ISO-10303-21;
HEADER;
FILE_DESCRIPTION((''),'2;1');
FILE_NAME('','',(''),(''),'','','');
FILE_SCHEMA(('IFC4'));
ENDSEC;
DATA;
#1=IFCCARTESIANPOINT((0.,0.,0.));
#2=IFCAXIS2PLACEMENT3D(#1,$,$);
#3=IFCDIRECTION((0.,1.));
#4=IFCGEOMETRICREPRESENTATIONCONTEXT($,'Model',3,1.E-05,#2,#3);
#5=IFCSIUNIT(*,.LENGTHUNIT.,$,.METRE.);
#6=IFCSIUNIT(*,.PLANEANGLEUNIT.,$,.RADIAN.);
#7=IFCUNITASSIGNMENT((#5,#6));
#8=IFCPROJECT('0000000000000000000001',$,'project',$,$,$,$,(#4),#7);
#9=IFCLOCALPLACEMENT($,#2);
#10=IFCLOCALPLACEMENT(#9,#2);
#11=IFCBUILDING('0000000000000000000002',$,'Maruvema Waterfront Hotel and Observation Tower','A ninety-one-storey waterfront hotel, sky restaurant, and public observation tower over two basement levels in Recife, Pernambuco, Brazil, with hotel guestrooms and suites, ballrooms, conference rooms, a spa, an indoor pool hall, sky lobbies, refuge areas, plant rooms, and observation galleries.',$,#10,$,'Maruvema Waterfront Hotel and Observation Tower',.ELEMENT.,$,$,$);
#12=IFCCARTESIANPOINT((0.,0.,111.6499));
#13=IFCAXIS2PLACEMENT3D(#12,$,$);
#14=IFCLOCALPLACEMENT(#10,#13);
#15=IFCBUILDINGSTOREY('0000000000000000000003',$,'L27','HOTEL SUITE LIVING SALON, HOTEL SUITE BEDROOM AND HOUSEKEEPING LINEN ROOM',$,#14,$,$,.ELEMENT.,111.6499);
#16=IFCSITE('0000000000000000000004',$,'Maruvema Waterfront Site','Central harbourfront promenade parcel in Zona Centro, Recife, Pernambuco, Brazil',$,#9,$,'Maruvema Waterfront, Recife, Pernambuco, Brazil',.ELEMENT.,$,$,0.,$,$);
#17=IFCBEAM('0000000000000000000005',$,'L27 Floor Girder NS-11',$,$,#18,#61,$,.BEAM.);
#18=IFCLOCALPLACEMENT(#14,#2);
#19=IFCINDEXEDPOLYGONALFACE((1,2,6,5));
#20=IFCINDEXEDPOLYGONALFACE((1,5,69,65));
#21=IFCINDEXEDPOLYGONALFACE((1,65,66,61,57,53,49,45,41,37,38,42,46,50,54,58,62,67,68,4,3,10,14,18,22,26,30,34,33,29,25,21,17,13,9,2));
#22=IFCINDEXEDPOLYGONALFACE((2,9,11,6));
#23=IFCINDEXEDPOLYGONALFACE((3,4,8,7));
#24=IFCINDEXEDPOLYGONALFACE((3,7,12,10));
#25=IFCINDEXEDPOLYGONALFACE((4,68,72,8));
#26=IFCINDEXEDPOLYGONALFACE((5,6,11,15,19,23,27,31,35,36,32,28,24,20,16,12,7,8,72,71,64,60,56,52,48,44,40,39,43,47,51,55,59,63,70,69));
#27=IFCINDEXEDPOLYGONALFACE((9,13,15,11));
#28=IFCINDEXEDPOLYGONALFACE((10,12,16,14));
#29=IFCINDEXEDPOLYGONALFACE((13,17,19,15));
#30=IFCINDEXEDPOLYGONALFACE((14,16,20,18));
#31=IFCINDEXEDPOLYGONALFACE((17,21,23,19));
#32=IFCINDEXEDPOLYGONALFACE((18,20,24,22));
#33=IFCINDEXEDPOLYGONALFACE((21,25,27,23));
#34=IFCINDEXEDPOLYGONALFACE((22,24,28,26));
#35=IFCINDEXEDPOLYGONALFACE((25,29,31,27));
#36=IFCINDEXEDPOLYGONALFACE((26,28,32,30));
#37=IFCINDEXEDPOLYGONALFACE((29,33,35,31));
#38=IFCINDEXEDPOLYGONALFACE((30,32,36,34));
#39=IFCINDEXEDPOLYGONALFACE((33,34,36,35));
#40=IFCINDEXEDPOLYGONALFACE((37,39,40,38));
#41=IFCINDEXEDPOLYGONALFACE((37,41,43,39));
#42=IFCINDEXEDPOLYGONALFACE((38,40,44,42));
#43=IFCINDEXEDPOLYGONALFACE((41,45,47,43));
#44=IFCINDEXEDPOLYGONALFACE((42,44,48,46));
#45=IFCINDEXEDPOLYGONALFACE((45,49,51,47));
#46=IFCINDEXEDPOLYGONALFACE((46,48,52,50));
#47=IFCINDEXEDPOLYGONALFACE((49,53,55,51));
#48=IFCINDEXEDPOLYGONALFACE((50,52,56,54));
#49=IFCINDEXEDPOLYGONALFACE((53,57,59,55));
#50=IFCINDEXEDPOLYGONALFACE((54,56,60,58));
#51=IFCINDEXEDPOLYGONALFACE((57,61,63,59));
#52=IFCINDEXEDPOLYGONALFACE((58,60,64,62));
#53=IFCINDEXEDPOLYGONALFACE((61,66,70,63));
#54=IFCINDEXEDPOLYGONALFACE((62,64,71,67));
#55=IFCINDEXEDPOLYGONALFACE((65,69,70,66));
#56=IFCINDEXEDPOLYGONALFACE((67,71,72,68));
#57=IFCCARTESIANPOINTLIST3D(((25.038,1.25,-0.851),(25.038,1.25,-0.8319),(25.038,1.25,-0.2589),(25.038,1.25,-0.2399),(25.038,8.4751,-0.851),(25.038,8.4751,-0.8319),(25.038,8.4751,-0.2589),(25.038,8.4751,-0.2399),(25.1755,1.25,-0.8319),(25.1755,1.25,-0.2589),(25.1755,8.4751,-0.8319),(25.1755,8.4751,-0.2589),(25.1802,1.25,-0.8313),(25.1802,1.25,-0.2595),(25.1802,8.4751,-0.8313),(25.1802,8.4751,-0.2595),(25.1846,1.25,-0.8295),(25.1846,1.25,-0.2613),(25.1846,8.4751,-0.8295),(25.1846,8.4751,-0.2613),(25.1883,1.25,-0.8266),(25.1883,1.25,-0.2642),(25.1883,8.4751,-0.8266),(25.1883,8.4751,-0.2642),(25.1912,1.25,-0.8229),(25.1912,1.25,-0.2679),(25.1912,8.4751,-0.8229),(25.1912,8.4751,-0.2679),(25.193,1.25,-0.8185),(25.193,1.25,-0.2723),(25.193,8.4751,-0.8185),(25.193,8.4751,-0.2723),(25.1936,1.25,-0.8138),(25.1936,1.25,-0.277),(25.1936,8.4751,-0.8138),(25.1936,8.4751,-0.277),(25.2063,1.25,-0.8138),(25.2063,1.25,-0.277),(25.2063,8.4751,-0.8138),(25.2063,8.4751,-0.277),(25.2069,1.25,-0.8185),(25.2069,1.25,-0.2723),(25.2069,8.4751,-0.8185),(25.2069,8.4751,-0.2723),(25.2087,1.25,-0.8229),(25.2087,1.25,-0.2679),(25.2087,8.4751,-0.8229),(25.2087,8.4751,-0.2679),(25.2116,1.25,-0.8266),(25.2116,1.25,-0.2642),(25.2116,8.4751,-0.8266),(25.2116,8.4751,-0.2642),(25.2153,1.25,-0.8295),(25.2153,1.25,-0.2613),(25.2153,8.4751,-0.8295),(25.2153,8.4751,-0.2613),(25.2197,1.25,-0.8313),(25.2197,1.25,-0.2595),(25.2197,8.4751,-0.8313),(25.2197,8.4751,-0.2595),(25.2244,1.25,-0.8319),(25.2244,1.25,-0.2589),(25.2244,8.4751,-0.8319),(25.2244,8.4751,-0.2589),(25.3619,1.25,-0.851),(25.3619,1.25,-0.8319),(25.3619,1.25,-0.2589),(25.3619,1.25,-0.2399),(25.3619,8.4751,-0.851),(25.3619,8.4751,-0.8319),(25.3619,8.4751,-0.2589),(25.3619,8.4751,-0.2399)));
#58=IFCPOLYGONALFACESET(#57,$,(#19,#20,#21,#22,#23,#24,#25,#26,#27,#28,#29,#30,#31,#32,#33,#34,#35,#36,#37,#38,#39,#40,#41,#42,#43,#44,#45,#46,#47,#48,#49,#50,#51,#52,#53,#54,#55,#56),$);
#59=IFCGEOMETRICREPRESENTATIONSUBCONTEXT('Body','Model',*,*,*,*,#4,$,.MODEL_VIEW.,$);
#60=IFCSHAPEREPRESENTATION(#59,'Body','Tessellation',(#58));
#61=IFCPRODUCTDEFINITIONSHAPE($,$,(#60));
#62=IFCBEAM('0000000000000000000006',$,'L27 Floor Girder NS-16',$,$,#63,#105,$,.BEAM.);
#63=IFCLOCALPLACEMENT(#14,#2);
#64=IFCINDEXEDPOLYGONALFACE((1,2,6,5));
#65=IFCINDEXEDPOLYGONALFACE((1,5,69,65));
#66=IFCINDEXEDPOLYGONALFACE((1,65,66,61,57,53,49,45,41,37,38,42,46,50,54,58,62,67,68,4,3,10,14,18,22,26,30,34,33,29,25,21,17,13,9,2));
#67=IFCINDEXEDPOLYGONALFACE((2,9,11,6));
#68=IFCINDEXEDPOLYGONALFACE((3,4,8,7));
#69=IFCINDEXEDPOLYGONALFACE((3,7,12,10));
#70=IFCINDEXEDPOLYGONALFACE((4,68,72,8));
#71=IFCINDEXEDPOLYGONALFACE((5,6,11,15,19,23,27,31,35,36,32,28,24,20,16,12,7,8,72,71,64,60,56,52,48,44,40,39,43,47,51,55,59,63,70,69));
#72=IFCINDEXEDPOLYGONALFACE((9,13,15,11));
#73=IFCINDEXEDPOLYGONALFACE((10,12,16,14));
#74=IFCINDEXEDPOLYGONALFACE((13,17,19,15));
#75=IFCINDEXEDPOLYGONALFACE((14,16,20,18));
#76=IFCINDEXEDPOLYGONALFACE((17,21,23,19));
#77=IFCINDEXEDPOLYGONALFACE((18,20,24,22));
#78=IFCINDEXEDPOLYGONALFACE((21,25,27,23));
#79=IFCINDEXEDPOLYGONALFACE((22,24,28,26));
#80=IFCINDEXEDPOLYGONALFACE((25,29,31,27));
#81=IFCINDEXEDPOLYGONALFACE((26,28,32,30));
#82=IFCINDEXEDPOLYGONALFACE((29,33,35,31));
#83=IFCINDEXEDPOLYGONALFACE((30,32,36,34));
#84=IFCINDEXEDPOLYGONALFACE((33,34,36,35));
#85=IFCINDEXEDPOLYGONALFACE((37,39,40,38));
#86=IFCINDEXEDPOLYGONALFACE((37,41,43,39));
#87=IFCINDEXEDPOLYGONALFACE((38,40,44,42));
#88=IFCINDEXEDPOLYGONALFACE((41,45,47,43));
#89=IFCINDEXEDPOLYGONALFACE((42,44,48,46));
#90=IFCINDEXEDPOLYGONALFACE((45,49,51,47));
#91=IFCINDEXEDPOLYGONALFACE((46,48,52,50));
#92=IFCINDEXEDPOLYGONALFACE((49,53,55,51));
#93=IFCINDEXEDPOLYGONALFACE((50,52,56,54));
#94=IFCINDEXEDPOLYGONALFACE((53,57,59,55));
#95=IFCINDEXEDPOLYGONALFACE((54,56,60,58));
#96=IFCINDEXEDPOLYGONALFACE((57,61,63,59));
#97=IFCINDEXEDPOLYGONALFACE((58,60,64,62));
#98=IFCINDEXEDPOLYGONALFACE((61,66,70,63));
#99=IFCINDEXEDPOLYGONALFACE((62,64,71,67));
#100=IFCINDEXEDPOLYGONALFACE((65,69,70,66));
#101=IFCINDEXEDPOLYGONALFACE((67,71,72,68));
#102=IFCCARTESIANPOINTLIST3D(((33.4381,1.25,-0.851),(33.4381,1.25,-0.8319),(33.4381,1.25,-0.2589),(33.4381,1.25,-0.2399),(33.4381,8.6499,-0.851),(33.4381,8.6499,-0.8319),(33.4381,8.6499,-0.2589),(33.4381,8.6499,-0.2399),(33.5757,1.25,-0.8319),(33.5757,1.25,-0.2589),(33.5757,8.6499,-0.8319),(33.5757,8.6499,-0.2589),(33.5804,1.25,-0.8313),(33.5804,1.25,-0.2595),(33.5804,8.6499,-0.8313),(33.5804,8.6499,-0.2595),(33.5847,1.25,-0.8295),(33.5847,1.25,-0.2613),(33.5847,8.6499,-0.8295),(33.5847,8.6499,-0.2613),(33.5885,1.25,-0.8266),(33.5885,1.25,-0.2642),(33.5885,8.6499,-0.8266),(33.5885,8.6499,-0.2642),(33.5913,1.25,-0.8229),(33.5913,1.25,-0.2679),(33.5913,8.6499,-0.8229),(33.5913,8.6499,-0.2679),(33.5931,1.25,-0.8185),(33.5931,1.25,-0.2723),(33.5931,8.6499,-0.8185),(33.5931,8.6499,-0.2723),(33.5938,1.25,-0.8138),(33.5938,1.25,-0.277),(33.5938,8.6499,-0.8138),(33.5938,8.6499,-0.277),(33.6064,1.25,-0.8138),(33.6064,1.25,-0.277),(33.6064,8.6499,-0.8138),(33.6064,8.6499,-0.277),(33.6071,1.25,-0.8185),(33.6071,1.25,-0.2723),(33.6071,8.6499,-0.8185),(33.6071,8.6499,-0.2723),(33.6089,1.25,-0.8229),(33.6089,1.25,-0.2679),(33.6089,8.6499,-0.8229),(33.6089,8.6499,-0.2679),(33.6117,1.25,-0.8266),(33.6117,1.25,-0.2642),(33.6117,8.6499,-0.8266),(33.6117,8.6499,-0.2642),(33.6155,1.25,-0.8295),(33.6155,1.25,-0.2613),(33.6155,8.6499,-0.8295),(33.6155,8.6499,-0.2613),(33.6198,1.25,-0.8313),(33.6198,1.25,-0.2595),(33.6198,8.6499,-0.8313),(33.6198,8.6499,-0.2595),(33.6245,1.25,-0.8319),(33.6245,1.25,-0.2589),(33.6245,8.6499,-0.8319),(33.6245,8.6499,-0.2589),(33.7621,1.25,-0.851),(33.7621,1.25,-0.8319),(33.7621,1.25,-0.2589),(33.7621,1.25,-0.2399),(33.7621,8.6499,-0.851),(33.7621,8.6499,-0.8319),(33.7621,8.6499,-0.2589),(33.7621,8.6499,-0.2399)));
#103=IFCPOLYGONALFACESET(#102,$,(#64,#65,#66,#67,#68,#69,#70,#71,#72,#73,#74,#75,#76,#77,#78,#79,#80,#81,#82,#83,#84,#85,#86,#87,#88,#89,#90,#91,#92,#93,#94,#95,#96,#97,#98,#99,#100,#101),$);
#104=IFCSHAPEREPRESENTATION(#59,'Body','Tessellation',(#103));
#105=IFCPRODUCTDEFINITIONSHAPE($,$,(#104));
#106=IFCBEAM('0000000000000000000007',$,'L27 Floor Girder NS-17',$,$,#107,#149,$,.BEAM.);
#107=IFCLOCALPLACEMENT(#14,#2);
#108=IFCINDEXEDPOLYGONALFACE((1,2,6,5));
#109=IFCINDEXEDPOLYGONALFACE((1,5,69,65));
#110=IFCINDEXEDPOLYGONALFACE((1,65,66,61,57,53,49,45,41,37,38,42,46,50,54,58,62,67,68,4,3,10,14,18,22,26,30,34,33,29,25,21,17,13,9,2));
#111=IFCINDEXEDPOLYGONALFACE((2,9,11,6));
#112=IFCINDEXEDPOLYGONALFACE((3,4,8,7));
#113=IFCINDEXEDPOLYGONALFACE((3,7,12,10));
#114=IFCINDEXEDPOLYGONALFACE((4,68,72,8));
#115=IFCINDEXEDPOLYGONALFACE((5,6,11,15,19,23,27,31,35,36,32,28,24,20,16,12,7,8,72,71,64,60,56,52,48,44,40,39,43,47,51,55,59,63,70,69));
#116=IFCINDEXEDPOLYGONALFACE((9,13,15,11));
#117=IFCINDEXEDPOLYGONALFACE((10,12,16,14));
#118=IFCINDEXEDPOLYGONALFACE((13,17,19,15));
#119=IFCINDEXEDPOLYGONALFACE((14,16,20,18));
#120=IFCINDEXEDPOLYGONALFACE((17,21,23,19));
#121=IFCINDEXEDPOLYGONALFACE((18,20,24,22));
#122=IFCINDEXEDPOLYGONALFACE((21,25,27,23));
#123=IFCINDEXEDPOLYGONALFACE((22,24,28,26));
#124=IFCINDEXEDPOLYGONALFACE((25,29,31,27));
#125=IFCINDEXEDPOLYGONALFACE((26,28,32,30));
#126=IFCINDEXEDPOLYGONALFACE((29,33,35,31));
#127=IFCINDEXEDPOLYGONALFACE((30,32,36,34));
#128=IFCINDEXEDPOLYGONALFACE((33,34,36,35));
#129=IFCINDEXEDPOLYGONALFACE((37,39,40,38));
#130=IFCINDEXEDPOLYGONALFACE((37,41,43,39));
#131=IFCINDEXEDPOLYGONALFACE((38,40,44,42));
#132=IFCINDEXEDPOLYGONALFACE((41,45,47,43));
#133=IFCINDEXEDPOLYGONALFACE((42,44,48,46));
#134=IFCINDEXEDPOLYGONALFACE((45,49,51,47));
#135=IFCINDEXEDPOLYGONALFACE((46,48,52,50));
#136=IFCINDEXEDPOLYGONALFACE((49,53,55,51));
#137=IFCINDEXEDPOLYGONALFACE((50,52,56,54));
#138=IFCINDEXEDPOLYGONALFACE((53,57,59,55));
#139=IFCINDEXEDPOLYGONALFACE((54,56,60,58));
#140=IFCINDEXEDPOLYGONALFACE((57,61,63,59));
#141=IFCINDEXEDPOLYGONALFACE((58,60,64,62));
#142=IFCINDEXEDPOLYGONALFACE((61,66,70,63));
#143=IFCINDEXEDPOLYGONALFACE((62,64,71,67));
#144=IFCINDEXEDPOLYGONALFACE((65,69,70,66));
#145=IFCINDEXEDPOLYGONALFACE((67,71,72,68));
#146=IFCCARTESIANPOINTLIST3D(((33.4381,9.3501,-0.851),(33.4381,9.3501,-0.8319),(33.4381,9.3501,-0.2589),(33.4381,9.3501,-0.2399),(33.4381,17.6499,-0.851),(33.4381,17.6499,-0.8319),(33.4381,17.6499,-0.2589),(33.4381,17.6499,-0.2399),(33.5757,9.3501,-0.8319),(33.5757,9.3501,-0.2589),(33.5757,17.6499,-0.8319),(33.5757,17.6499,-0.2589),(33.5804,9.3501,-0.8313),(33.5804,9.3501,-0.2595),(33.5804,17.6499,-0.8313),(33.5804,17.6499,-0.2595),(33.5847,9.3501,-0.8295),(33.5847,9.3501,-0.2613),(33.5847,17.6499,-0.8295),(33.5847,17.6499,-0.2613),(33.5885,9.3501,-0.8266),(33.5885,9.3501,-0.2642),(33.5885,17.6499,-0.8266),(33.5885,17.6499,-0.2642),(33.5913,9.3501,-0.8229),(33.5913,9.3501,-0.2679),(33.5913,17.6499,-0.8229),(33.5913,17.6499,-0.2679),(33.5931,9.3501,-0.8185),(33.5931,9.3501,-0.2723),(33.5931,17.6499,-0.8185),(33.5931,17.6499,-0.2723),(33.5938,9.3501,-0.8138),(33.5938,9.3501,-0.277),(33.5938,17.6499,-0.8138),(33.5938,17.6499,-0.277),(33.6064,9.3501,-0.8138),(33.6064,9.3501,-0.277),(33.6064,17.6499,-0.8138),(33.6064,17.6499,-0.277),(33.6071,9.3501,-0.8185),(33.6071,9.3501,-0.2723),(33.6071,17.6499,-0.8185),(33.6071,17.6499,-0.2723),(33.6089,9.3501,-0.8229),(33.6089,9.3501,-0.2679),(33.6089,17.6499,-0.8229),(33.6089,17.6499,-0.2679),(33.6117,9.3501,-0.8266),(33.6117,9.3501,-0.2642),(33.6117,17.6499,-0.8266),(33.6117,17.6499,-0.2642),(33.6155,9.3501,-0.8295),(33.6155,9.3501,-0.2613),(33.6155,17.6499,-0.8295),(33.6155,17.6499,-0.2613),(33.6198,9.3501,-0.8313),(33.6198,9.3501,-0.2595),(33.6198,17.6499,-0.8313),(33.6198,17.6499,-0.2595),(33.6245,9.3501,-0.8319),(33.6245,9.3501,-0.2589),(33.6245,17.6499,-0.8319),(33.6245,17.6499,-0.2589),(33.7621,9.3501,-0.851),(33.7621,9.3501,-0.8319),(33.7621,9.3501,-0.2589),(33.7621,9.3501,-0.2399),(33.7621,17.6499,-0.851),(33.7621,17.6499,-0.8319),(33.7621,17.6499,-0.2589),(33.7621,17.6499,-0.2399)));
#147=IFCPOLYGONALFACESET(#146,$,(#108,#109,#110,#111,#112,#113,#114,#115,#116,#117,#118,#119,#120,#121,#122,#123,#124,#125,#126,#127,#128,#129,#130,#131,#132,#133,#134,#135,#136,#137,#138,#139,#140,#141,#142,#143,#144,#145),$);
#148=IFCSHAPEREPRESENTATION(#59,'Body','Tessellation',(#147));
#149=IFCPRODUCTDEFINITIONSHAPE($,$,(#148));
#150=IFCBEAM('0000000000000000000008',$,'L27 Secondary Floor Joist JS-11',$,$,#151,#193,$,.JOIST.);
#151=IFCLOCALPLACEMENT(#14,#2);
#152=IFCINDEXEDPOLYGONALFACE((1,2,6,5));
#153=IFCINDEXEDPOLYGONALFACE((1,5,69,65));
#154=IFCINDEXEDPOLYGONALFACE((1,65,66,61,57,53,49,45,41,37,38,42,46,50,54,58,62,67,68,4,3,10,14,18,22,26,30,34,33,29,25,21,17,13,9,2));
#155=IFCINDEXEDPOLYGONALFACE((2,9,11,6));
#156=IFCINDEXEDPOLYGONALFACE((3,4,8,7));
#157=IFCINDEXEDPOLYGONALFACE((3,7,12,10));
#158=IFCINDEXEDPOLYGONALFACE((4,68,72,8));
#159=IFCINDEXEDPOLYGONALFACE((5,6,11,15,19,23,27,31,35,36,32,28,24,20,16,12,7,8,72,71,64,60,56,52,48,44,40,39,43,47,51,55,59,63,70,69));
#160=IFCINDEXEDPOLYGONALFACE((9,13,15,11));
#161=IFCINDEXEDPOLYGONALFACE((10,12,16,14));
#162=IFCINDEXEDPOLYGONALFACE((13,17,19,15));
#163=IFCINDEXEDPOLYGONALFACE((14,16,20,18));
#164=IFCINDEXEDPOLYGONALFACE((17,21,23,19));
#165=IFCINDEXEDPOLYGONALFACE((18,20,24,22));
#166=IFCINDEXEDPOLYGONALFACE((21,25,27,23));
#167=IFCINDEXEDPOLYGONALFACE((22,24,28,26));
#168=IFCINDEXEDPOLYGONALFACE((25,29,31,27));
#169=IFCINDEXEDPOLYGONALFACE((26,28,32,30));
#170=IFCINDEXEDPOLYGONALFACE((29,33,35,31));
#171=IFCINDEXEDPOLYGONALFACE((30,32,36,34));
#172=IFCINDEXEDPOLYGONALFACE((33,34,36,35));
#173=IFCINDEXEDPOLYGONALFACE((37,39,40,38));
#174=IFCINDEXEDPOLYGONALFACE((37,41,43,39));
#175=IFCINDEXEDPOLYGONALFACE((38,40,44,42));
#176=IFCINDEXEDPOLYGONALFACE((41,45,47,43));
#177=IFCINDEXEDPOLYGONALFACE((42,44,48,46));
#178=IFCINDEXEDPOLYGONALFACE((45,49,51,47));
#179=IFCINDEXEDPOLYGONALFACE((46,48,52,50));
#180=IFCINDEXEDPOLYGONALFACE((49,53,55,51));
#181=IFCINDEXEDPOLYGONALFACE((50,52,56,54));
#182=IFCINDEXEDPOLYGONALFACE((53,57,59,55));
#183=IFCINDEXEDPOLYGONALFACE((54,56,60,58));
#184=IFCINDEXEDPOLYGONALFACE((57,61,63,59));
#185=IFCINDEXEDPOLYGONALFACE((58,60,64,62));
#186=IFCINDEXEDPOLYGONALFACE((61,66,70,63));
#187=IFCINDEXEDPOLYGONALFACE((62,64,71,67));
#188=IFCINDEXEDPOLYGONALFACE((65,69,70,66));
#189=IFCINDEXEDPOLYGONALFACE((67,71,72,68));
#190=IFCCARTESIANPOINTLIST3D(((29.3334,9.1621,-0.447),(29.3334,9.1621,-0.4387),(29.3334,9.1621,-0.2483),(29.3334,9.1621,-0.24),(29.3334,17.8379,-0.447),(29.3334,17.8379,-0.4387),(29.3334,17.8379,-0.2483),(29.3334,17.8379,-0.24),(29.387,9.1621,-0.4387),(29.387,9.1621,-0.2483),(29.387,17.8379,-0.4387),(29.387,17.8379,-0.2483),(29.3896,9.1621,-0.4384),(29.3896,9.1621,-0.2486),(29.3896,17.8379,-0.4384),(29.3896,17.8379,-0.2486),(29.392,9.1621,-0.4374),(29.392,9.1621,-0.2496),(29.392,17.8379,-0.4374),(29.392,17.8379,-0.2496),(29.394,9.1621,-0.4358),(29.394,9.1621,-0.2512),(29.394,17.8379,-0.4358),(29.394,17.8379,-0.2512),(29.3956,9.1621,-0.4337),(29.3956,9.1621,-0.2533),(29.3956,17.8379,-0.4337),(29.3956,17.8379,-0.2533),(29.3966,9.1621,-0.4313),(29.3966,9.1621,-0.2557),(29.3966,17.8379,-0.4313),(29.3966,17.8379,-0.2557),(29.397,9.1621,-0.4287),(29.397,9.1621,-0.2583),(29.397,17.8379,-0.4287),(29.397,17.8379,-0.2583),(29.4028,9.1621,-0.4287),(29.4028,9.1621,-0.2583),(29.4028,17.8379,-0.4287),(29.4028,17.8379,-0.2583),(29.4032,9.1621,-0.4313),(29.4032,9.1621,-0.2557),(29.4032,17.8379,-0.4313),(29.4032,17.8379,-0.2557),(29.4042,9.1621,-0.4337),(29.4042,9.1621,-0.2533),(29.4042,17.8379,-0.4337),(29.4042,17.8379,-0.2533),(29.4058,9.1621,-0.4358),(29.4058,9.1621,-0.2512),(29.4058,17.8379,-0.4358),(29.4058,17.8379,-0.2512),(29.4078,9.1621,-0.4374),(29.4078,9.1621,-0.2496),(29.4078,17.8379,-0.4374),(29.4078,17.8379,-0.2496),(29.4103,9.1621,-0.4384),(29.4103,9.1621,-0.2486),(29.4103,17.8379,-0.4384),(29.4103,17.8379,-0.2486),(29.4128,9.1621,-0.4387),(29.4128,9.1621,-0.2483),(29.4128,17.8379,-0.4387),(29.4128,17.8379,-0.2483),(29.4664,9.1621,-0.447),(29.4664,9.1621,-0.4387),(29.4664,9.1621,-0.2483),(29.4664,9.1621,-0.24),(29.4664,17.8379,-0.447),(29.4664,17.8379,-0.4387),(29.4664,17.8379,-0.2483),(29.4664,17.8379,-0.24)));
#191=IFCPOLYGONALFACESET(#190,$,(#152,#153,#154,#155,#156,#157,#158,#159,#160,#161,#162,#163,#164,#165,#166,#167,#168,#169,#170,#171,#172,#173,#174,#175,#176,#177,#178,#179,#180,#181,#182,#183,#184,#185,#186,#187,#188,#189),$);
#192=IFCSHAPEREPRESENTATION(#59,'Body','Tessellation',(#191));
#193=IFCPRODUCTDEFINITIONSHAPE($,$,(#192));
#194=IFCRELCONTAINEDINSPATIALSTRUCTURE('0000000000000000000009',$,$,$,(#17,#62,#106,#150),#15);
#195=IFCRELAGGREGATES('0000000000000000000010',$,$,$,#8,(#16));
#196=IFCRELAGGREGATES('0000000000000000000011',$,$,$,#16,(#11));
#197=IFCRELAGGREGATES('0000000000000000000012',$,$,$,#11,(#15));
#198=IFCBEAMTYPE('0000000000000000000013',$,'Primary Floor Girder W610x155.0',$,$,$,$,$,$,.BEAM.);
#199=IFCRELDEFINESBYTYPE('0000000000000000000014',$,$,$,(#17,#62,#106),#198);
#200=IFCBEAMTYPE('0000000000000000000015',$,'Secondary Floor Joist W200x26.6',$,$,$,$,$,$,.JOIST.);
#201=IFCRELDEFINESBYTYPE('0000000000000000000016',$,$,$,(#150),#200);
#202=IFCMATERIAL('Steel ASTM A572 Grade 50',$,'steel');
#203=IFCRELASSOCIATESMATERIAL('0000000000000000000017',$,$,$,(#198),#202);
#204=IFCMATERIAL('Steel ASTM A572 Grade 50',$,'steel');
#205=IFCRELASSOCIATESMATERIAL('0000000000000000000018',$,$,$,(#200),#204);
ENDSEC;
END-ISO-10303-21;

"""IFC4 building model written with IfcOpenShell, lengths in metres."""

from ifc_helpers import new_model, si_unit, direction, frame, origin, origin_2d, place, context, subcontext, project, spatial, i_section, extrude, material, material_profile, profile_set, type_object, element, save


model = new_model("IFC4")

# Units and contexts
model_context = context("Model", 3, precision=1e-05, world=origin(), true_north=direction((0.0, 1.0)))
body_context = subcontext(model_context, "Body", "Model", "MODEL_VIEW")
ifc_project = project(units=[si_unit("LENGTHUNIT", "METRE"), si_unit("PLANEANGLEUNIT", "RADIAN")], contexts=[model_context])

# Site, building, storey
site_placement = place(None, origin())
site = spatial("IfcSite", under=ifc_project, at=site_placement, Name="Maruvema Waterfront Site", Description="Central harbourfront promenade parcel in Zona Centro, Recife, Pernambuco, Brazil", LongName="Maruvema Waterfront, Recife, Pernambuco, Brazil", CompositionType="ELEMENT", RefElevation=0.0)
building_placement = place(site_placement, origin())
building = spatial("IfcBuilding", under=site, at=building_placement, Name="Maruvema Waterfront Hotel and Observation Tower", Description="A ninety-one-storey waterfront hotel, sky restaurant, and public observation tower over two basement levels in Recife, Pernambuco, Brazil, with hotel guestrooms and suites, ballrooms, conference rooms, a spa, an indoor pool hall, sky lobbies, refuge areas, plant rooms, and observation galleries.", LongName="Maruvema Waterfront Hotel and Observation Tower", CompositionType="ELEMENT")
storey_placement = place(building_placement, frame((0.0, 0.0, 111.6499)))
storey = spatial("IfcBuildingStorey", under=building, at=storey_placement, Name="L27", Description="HOTEL SUITE LIVING SALON, HOTEL SUITE BEDROOM AND HOUSEKEEPING LINEN ROOM", CompositionType="ELEMENT", Elevation=111.6499)

# Beams
ifc_material_1 = material(Name="Steel ASTM A572 Grade 50", Category="steel")
ifc_material_profile_1 = material_profile(ifc_material_1, i_section(OverallWidth=0.324, OverallDepth=0.6111, WebThickness=0.0127, FlangeThickness=0.019, FilletRadius=0.0181, at=origin_2d()), Name="W610x155.0")
ifc_profile_set_1 = profile_set([ifc_material_profile_1], Name="Steel ASTM A572 Grade 50")
beam_type_1 = type_object("IfcBeamType", Name="Primary Floor Girder W610x155.0", PredefinedType="BEAM", material=ifc_profile_set_1)
beam_1_placement = place(storey_placement, frame((25.2, 1.25, -0.5454), z_axis=(0.0, 1.0, 0.0), x_axis=(-1.0, 0.0, 0.0)))
element("IfcBeam", 1, at=beam_1_placement, inside=storey, type_object=beam_type_1, Name="L27 Floor Girder NS-11", PredefinedType="BEAM", context=body_context, shape_type="SweptSolid", body=[
    extrude(i_section(OverallWidth=0.324, OverallDepth=0.6111, WebThickness=0.0127, FlangeThickness=0.019, FilletRadius=0.0181, at=origin_2d()), origin(), (0.0, 0.0, 1.0), 7.2251),
])
beam_2_placement = place(storey_placement, frame((33.6001, 1.25, -0.5454), z_axis=(0.0, 1.0, 0.0), x_axis=(-1.0, 0.0, 0.0)))
element("IfcBeam", 2, at=beam_2_placement, inside=storey, type_object=beam_type_1, Name="L27 Floor Girder NS-16", PredefinedType="BEAM", context=body_context, shape_type="SweptSolid", body=[
    extrude(i_section(OverallWidth=0.324, OverallDepth=0.6111, WebThickness=0.0127, FlangeThickness=0.019, FilletRadius=0.0181, at=origin_2d()), origin(), (0.0, 0.0, 1.0), 7.3999),
])
beam_3_placement = place(storey_placement, frame((33.6001, 9.3501, -0.5454), z_axis=(0.0, 1.0, 0.0), x_axis=(-1.0, 0.0, 0.0)))
element("IfcBeam", 3, at=beam_3_placement, inside=storey, type_object=beam_type_1, Name="L27 Floor Girder NS-17", PredefinedType="BEAM", context=body_context, shape_type="SweptSolid", body=[
    extrude(i_section(OverallWidth=0.324, OverallDepth=0.6111, WebThickness=0.0127, FlangeThickness=0.019, FilletRadius=0.0181, at=origin_2d()), origin(), (0.0, 0.0, 1.0), 8.2998),
])
ifc_material_2 = material(Name="Steel ASTM A572 Grade 50", Category="steel")
ifc_material_profile_2 = material_profile(ifc_material_2, i_section(OverallWidth=0.1331, OverallDepth=0.207, WebThickness=0.0059, FlangeThickness=0.0083, FilletRadius=0.01, at=origin_2d()), Name="W200x26.6")
ifc_profile_set_2 = profile_set([ifc_material_profile_2], Name="Steel ASTM A572 Grade 50")
beam_type_2 = type_object("IfcBeamType", Name="Secondary Floor Joist W200x26.6", PredefinedType="JOIST", material=ifc_profile_set_2)
beam_4_placement = place(storey_placement, frame((29.3999, 9.1621, -0.3435), z_axis=(0.0, 1.0, 0.0), x_axis=(-1.0, 0.0, 0.0)))
element("IfcBeam", 4, at=beam_4_placement, inside=storey, type_object=beam_type_2, Name="L27 Secondary Floor Joist JS-11", PredefinedType="JOIST", context=body_context, shape_type="SweptSolid", body=[
    extrude(i_section(OverallWidth=0.1331, OverallDepth=0.207, WebThickness=0.0059, FlangeThickness=0.0083, FilletRadius=0.01, at=origin_2d()), origin(), (0.0, 0.0, 1.0), 8.6758),
])

save(model, "model.ifc")
